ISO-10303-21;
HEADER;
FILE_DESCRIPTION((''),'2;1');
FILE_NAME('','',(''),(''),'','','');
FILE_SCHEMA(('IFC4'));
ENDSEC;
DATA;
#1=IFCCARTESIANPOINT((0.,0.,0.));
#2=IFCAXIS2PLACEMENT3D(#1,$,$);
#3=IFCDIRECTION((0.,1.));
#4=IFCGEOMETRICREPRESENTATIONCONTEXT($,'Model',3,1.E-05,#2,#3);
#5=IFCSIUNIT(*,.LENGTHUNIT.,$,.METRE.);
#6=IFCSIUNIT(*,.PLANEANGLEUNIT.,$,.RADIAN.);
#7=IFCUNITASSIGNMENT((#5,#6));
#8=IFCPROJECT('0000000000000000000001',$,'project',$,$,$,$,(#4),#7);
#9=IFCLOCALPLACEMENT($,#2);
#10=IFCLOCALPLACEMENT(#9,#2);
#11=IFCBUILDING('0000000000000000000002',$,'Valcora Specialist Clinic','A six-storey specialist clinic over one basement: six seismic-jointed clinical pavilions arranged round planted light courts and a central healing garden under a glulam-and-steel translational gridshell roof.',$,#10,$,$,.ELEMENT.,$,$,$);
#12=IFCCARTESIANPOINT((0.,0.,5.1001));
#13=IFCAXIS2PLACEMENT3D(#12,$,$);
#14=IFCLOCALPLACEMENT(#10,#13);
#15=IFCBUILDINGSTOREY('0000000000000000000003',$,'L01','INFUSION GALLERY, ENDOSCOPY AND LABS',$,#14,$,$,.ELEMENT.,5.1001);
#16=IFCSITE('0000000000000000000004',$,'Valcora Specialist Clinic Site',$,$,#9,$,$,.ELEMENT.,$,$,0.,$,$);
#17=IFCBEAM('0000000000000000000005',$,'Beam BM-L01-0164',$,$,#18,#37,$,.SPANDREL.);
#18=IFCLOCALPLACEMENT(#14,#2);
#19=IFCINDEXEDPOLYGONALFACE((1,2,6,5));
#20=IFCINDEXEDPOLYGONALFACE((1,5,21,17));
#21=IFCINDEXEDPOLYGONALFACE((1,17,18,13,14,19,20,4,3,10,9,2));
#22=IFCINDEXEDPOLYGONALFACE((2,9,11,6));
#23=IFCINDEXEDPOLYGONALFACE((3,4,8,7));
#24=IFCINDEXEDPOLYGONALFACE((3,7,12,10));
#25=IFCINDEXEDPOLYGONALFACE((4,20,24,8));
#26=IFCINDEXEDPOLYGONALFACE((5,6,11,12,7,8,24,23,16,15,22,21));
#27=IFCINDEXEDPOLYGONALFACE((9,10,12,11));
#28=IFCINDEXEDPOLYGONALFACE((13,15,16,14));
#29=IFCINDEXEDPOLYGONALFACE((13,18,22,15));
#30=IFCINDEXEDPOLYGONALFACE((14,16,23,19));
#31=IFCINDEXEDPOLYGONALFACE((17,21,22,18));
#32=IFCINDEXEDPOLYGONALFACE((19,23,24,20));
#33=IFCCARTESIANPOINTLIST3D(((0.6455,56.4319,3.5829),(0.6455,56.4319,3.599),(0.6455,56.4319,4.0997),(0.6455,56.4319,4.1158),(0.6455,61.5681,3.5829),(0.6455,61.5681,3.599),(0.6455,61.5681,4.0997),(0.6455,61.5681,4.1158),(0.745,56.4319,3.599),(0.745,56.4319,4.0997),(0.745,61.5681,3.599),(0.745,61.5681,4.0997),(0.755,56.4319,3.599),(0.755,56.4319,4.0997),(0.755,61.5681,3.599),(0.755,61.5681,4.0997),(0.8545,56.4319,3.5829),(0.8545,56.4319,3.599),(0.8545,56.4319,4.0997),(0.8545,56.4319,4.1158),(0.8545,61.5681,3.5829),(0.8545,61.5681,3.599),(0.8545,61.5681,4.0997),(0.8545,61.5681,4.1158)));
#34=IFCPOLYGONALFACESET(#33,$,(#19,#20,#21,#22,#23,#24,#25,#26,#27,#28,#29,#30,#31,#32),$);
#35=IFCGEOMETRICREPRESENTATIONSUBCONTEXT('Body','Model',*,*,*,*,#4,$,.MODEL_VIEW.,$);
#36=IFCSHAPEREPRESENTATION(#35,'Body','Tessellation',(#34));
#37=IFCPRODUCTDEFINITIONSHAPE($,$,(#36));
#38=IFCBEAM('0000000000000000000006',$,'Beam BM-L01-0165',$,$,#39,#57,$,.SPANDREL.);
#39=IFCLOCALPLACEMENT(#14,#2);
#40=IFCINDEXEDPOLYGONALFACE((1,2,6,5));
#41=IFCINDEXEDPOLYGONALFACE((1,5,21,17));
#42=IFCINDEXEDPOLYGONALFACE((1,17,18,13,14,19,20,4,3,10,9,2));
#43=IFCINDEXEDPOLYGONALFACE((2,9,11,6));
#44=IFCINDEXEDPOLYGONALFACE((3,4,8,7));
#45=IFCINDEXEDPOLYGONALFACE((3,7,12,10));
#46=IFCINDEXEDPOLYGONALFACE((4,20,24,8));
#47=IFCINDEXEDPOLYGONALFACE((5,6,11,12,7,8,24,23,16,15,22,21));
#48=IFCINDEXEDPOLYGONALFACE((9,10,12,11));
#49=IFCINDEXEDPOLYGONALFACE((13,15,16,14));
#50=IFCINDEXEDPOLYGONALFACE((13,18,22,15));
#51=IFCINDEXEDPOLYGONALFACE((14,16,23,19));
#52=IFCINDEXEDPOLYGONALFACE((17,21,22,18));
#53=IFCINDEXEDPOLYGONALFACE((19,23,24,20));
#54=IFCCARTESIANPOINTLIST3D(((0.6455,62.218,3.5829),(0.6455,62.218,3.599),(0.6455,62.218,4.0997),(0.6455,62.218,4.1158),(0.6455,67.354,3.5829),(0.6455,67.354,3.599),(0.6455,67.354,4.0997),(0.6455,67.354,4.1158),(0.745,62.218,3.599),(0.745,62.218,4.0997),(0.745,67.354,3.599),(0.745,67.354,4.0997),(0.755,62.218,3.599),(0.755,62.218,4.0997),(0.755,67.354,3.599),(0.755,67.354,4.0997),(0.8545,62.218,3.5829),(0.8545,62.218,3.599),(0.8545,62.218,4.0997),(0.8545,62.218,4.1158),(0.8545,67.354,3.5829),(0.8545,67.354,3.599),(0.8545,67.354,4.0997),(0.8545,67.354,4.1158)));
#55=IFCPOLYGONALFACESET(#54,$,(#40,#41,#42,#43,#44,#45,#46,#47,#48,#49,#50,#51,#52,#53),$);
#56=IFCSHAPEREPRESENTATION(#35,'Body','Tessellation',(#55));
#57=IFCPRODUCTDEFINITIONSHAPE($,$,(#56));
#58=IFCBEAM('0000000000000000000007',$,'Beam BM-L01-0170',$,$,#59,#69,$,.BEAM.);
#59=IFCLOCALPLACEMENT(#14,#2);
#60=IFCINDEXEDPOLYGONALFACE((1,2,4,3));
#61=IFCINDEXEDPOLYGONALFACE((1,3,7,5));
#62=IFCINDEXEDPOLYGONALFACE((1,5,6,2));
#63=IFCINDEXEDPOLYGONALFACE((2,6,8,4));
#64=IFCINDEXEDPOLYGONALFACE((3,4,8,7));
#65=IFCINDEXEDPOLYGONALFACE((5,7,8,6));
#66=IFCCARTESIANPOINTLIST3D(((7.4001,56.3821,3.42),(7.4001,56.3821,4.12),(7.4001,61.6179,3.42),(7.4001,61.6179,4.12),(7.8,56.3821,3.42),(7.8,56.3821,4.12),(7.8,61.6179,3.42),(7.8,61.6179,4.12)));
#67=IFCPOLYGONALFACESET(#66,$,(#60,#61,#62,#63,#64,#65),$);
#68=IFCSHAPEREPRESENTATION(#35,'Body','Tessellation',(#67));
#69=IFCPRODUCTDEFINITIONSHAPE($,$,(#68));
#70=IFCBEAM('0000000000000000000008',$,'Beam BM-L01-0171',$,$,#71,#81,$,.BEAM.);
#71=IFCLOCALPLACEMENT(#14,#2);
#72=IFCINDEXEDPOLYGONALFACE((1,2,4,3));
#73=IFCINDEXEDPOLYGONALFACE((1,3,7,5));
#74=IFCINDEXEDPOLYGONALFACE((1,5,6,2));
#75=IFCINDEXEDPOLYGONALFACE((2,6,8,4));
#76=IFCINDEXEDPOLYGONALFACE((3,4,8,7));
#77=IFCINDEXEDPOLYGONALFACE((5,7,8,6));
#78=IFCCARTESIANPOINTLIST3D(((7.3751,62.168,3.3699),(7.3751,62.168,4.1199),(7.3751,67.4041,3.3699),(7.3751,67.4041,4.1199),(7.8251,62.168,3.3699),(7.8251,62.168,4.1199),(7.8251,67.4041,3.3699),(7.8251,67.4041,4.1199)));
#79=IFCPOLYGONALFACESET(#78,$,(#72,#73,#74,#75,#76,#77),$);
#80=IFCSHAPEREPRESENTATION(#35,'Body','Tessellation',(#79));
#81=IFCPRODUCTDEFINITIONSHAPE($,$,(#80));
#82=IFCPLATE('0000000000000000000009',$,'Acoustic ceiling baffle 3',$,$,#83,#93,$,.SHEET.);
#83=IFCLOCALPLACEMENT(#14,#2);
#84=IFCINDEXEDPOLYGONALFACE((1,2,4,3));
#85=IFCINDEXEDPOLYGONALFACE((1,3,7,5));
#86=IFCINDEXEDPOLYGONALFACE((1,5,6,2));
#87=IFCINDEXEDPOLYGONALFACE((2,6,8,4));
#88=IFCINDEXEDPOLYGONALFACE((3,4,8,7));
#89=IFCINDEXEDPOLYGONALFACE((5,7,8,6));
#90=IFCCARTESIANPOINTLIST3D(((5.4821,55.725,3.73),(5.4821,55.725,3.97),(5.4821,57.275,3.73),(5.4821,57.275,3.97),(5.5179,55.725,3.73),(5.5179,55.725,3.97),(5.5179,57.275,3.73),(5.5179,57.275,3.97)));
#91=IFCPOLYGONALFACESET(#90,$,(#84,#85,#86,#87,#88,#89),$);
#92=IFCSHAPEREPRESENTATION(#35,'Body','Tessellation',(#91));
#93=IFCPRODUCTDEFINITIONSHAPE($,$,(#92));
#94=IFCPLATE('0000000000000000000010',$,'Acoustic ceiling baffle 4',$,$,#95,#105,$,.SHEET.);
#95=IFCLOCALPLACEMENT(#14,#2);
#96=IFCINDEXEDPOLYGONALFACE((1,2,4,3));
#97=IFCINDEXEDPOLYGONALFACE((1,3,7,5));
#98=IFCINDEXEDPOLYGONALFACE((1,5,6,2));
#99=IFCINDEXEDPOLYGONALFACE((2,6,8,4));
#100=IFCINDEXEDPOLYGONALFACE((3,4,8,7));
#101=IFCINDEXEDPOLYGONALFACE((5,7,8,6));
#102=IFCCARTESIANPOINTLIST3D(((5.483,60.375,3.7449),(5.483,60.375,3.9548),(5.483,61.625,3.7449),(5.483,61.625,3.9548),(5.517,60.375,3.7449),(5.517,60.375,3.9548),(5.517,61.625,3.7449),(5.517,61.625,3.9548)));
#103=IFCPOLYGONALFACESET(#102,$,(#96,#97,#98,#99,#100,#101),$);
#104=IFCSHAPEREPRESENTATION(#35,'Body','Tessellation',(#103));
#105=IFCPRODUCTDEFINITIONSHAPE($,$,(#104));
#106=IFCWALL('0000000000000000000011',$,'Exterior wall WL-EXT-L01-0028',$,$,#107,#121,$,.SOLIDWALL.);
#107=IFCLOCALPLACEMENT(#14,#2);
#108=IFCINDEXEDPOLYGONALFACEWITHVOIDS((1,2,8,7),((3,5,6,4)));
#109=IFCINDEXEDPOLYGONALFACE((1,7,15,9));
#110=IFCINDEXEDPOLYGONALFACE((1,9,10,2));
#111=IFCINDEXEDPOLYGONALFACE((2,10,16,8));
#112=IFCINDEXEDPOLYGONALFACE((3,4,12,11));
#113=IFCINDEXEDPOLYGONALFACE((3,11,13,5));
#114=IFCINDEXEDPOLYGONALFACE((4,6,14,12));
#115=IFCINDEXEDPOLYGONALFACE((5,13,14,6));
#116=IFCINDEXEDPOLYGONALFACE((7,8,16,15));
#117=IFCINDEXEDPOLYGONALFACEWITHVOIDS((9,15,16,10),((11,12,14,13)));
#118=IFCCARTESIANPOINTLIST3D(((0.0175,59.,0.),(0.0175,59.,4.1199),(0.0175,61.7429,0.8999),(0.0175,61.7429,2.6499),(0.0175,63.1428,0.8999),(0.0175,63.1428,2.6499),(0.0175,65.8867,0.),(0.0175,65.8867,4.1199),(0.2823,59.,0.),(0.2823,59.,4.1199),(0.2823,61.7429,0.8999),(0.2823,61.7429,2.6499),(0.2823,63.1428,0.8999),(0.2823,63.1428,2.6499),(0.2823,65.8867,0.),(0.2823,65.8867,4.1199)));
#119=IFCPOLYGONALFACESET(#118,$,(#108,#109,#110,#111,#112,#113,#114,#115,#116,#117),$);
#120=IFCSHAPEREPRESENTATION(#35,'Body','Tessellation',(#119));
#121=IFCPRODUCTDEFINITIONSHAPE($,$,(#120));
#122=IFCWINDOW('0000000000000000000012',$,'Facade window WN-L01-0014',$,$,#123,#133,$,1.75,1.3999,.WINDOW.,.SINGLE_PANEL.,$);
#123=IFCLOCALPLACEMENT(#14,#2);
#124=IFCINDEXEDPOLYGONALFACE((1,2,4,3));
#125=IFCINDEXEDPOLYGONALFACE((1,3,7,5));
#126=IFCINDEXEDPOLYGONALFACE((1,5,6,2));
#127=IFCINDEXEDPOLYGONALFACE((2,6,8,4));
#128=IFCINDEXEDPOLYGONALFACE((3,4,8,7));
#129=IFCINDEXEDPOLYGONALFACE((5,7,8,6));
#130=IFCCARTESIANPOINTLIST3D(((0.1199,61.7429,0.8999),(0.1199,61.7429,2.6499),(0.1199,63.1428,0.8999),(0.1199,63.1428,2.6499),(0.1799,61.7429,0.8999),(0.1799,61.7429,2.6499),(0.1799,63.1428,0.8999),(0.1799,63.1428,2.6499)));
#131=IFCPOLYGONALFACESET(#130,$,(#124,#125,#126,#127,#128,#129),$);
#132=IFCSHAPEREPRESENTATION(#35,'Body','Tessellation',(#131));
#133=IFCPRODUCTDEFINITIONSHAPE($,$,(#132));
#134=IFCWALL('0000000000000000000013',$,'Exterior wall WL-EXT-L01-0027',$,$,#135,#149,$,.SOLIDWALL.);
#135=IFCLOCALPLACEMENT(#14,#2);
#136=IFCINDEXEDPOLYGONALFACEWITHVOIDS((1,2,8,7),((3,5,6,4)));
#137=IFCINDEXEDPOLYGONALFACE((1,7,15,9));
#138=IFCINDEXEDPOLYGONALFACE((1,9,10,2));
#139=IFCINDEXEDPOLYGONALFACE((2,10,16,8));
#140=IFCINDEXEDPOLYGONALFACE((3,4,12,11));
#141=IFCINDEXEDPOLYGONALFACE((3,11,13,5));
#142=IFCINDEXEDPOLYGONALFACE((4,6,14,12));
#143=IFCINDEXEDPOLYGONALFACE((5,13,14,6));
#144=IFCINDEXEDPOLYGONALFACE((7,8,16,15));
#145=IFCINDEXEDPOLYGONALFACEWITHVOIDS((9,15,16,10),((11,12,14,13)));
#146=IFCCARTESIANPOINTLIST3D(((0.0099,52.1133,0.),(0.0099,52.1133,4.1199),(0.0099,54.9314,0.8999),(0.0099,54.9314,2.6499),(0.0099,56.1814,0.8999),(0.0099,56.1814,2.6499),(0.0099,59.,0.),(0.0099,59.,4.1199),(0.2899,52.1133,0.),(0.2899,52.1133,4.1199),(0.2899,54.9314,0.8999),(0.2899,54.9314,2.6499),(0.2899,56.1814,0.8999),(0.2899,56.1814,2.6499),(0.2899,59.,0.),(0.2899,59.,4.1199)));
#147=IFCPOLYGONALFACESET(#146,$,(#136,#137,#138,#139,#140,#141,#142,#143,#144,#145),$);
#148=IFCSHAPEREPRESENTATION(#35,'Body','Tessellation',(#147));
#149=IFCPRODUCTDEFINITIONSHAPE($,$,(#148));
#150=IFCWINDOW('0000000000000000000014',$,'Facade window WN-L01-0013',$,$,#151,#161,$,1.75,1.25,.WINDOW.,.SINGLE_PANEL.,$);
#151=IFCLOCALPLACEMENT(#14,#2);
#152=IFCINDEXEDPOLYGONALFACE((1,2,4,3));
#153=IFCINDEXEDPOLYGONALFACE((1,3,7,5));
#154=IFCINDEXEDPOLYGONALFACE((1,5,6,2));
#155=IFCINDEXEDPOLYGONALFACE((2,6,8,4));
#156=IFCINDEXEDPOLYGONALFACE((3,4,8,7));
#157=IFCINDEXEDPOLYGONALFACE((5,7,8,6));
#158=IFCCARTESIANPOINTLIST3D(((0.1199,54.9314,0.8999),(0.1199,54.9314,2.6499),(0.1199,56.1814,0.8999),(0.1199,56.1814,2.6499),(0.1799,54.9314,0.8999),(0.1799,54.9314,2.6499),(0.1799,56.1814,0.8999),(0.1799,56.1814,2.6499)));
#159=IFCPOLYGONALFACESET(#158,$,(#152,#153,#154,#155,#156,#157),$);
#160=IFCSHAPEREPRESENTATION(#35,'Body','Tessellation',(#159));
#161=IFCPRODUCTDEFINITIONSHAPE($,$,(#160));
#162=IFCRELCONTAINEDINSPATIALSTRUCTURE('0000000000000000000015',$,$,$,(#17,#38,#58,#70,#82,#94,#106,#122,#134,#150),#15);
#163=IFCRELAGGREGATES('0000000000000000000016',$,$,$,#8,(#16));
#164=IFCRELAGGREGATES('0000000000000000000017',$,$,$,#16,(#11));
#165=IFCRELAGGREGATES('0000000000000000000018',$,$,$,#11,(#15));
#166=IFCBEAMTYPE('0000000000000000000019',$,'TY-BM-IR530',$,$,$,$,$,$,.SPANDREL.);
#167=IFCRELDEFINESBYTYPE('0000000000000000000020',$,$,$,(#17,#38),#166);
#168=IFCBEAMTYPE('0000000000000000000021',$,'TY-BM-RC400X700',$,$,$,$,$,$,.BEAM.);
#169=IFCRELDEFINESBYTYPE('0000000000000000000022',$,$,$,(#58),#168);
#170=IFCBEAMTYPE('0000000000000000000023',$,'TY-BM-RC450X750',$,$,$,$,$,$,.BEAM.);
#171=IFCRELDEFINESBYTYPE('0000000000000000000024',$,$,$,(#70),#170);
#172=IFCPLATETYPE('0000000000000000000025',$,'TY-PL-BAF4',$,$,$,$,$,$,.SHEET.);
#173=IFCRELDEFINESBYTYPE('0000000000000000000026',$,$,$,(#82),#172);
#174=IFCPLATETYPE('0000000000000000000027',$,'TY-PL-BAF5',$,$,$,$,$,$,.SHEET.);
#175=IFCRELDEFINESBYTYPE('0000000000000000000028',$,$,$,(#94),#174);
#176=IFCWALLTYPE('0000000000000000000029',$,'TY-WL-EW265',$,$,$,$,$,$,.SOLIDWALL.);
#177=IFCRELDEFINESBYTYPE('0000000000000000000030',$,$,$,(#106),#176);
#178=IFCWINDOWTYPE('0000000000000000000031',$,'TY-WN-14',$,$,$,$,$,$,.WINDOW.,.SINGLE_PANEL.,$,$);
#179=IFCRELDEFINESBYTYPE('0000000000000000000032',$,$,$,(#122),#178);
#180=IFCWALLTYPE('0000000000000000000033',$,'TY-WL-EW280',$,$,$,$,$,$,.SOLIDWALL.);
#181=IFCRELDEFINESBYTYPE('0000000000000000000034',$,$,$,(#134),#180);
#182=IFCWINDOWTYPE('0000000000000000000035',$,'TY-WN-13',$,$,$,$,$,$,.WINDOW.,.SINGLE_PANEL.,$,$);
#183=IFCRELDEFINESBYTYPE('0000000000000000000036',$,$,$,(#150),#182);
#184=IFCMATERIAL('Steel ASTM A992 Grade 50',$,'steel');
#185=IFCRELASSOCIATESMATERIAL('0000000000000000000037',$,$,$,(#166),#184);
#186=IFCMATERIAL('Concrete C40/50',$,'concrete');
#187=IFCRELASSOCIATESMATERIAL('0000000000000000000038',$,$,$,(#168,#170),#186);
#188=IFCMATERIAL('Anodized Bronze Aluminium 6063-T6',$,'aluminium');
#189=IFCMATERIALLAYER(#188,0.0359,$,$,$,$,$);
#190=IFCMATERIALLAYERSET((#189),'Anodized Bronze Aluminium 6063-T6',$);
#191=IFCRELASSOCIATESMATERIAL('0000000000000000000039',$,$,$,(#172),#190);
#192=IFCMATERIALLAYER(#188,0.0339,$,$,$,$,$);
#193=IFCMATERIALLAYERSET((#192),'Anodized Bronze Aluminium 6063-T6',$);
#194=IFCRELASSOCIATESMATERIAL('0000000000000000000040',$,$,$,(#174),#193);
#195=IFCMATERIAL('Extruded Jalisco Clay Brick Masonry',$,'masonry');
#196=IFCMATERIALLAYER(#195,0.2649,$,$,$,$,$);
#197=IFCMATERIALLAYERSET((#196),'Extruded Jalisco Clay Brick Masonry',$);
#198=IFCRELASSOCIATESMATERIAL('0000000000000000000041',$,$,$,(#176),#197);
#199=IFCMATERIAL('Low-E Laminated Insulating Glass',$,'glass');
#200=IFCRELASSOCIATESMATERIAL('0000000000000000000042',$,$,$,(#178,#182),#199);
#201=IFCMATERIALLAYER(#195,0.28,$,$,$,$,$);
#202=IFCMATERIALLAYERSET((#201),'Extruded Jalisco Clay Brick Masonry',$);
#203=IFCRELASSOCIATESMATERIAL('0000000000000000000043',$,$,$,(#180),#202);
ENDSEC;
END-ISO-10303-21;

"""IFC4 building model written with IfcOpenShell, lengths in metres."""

from ifc_helpers import new_model, si_unit, direction, frame, frame_2d, origin, origin_2d, place, context, subcontext, project, spatial, rectangle, i_section, extrude, material, layer, layer_set, material_profile, profile_set, type_object, element, fill, save


model = new_model("IFC4")

# Units and contexts
model_context = context("Model", 3, precision=1e-05, world=origin(), true_north=direction((0.0, 1.0)))
body_context = subcontext(model_context, "Body", "Model", "MODEL_VIEW")
ifc_project = project(units=[si_unit("LENGTHUNIT", "METRE"), si_unit("PLANEANGLEUNIT", "RADIAN")], contexts=[model_context])

# Site, building, storey
site_placement = place(None, origin())
site = spatial("IfcSite", under=ifc_project, at=site_placement, Name="Valcora Specialist Clinic Site", CompositionType="ELEMENT", RefElevation=0.0)
building_placement = place(site_placement, origin())
building = spatial("IfcBuilding", under=site, at=building_placement, Name="Valcora Specialist Clinic", Description="A six-storey specialist clinic over one basement: six seismic-jointed clinical pavilions arranged round planted light courts and a central healing garden under a glulam-and-steel translational gridshell roof.", CompositionType="ELEMENT")
storey_placement = place(building_placement, frame((0.0, 0.0, 5.1001)))
storey = spatial("IfcBuildingStorey", under=building, at=storey_placement, Name="L01", Description="INFUSION GALLERY, ENDOSCOPY AND LABS", CompositionType="ELEMENT", Elevation=5.1001)

# Shared definitions
ifc_material_1 = material(Name="Concrete C40/50", Category="concrete")

# Beams
ifc_material_2 = material(Name="Steel ASTM A992 Grade 50", Category="steel")
ifc_material_profile_1 = material_profile(ifc_material_2, i_section(OverallWidth=0.209, OverallDepth=0.533, WebThickness=0.01, FlangeThickness=0.0161, at=origin_2d()), Name="ST-IR-530X210")
ifc_profile_set_1 = profile_set([ifc_material_profile_1], Name="Steel ASTM A992 Grade 50")
beam_type_1 = type_object("IfcBeamType", Name="TY-BM-IR530", PredefinedType="SPANDREL", material=ifc_profile_set_1)
beam_1_placement = place(storey_placement, frame((0.75, 56.4319, 3.8494), z_axis=(0.0, 1.0, 0.0), x_axis=(-1.0, 0.0, 0.0)))
element("IfcBeam", 1, at=beam_1_placement, inside=storey, type_object=beam_type_1, Name="Beam BM-L01-0164", PredefinedType="SPANDREL", context=body_context, shape_type="SweptSolid", body=[
    extrude(i_section(OverallWidth=0.209, OverallDepth=0.533, WebThickness=0.01, FlangeThickness=0.0161, at=origin_2d()), origin(), (0.0, 0.0, 1.0), 5.1362),
])
beam_2_placement = place(storey_placement, frame((0.75, 62.218, 3.8494), z_axis=(0.0, 1.0, 0.0), x_axis=(-1.0, 0.0, 0.0)))
element("IfcBeam", 2, at=beam_2_placement, inside=storey, type_object=beam_type_1, Name="Beam BM-L01-0165", PredefinedType="SPANDREL", context=body_context, shape_type="SweptSolid", body=[
    extrude(i_section(OverallWidth=0.209, OverallDepth=0.533, WebThickness=0.01, FlangeThickness=0.0161, at=origin_2d()), origin(), (0.0, 0.0, 1.0), 5.136),
])
ifc_material_profile_2 = material_profile(ifc_material_1, rectangle(XDim=0.3999, YDim=0.7, at=origin_2d()), Name="RC-BM-400X700")
ifc_profile_set_2 = profile_set([ifc_material_profile_2], Name="Concrete C40/50")
beam_type_2 = type_object("IfcBeamType", Name="TY-BM-RC400X700", PredefinedType="BEAM", material=ifc_profile_set_2)
beam_3_placement = place(storey_placement, frame((7.6001, 56.3821, 3.77), z_axis=(0.0, 1.0, 0.0), x_axis=(-1.0, 0.0, 0.0)))
element("IfcBeam", 3, at=beam_3_placement, inside=storey, type_object=beam_type_2, Name="Beam BM-L01-0170", PredefinedType="BEAM", context=body_context, shape_type="SweptSolid", body=[
    extrude(rectangle(XDim=0.3999, YDim=0.7, at=origin_2d()), origin(), (0.0, 0.0, 1.0), 5.2358),
])
ifc_material_profile_3 = material_profile(ifc_material_1, rectangle(XDim=0.45, YDim=0.75, at=origin_2d()), Name="RC-BM-450X750")
ifc_profile_set_3 = profile_set([ifc_material_profile_3], Name="Concrete C40/50")
beam_type_3 = type_object("IfcBeamType", Name="TY-BM-RC450X750", PredefinedType="BEAM", material=ifc_profile_set_3)
beam_4_placement = place(storey_placement, frame((7.6001, 62.168, 3.7449), z_axis=(0.0, 1.0, 0.0), x_axis=(-1.0, 0.0, 0.0)))
element("IfcBeam", 4, at=beam_4_placement, inside=storey, type_object=beam_type_3, Name="Beam BM-L01-0171", PredefinedType="BEAM", context=body_context, shape_type="SweptSolid", body=[
    extrude(rectangle(XDim=0.45, YDim=0.75, at=origin_2d()), origin(), (0.0, 0.0, 1.0), 5.2361),
])

# Plates
ifc_material_3 = material(Name="Anodized Bronze Aluminium 6063-T6", Category="aluminium")
ifc_layer_1 = layer(ifc_material_3, 0.0359)
ifc_layer_set_1 = layer_set([ifc_layer_1], Name="Anodized Bronze Aluminium 6063-T6")
plate_type_1 = type_object("IfcPlateType", Name="TY-PL-BAF4", PredefinedType="SHEET", material=ifc_layer_set_1)
plate_1_placement = place(storey_placement, frame((5.5, 56.5, 3.73), z_axis=(0.0, 0.0, 1.0), x_axis=(0.0, 1.0, 0.0)))
element("IfcPlate", 5, at=plate_1_placement, inside=storey, type_object=plate_type_1, Name="Acoustic ceiling baffle 3", PredefinedType="SHEET", context=body_context, shape_type="SweptSolid", body=[
    extrude(rectangle(XDim=1.55, YDim=0.0359, at=origin_2d()), origin(), (0.0, 0.0, 1.0), 0.24),
])
ifc_layer_2 = layer(ifc_material_3, 0.0339)
ifc_layer_set_2 = layer_set([ifc_layer_2], Name="Anodized Bronze Aluminium 6063-T6")
plate_type_2 = type_object("IfcPlateType", Name="TY-PL-BAF5", PredefinedType="SHEET", material=ifc_layer_set_2)
plate_2_placement = place(storey_placement, frame((5.5, 61.0, 3.7449), z_axis=(0.0, 0.0, 1.0), x_axis=(0.0, 1.0, 0.0)))
element("IfcPlate", 6, at=plate_2_placement, inside=storey, type_object=plate_type_2, Name="Acoustic ceiling baffle 4", PredefinedType="SHEET", context=body_context, shape_type="SweptSolid", body=[
    extrude(rectangle(XDim=1.25, YDim=0.0339, at=origin_2d()), origin(), (0.0, 0.0, 1.0), 0.21),
])

# Walls, openings, windows
ifc_material_4 = material(Name="Extruded Jalisco Clay Brick Masonry", Category="masonry")
ifc_layer_3 = layer(ifc_material_4, 0.2649)
ifc_layer_set_3 = layer_set([ifc_layer_3], Name="Extruded Jalisco Clay Brick Masonry")
wall_type_1 = type_object("IfcWallType", Name="TY-WL-EW265", PredefinedType="SOLIDWALL", material=ifc_layer_set_3)
wall_1_placement = place(storey_placement, frame((0.1499, 59.0, 0.0), z_axis=(0.0, 0.0, 1.0), x_axis=(0.0, 1.0, 0.0)))
wall_1 = element("IfcWall", 7, at=wall_1_placement, inside=storey, type_object=wall_type_1, Name="Exterior wall WL-EXT-L01-0028", PredefinedType="SOLIDWALL", context=body_context, shape_type="SweptSolid", body=[
    extrude(rectangle(XDim=6.8867, YDim=0.2649, at=frame_2d((3.4434, 0.0))), origin(), (0.0, 0.0, 1.0), 4.1199),
])
opening_1_placement = place(wall_1_placement, frame((2.7429, 0.0, 0.8999)))
opening_1 = element("IfcOpeningElement", 8, at=opening_1_placement, cuts=wall_1, PredefinedType="OPENING", context=body_context, shape_type="SweptSolid", body=[
    extrude(rectangle(XDim=1.3999, YDim=1.75, at=frame_2d((0.7, 0.875))), frame((0.0, 0.1423, 0.0), z_axis=(0.0, -1.0, 0.0), x_axis=(1.0, 0.0, 0.0)), (0.0, 0.0, 1.0), 0.2849),
])
ifc_material_5 = material(Name="Low-E Laminated Insulating Glass", Category="glass")
window_type_1 = type_object("IfcWindowType", Name="TY-WN-14", PartitioningType="SINGLE_PANEL", PredefinedType="WINDOW", material=ifc_material_5)
window_1_placement = place(opening_1_placement, origin())
window_1 = element("IfcWindow", 9, at=window_1_placement, inside=storey, type_object=window_type_1, Name="Facade window WN-L01-0014", OverallHeight=1.75, OverallWidth=1.3999, PartitioningType="SINGLE_PANEL", PredefinedType="WINDOW", context=body_context, shape_type="SweptSolid", body=[
    extrude(rectangle(XDim=1.3999, YDim=1.75, at=frame_2d((0.7, 0.875))), frame((0.0, 0.03, 0.0), z_axis=(0.0, -1.0, 0.0), x_axis=(1.0, 0.0, 0.0)), (0.0, 0.0, 1.0), 0.0601),
])
fill(opening_1, window_1)
ifc_layer_4 = layer(ifc_material_4, 0.28)
ifc_layer_set_4 = layer_set([ifc_layer_4], Name="Extruded Jalisco Clay Brick Masonry")
wall_type_2 = type_object("IfcWallType", Name="TY-WL-EW280", PredefinedType="SOLIDWALL", material=ifc_layer_set_4)
wall_2_placement = place(storey_placement, frame((0.1499, 52.1133, 0.0), z_axis=(0.0, 0.0, 1.0), x_axis=(0.0, 1.0, 0.0)))
wall_2 = element("IfcWall", 10, at=wall_2_placement, inside=storey, type_object=wall_type_2, Name="Exterior wall WL-EXT-L01-0027", PredefinedType="SOLIDWALL", context=body_context, shape_type="SweptSolid", body=[
    extrude(rectangle(XDim=6.8867, YDim=0.28, at=frame_2d((3.4434, 0.0))), origin(), (0.0, 0.0, 1.0), 4.1199),
])
opening_2_placement = place(wall_2_placement, frame((2.8181, 0.0, 0.8999)))
opening_2 = element("IfcOpeningElement", 11, at=opening_2_placement, cuts=wall_2, PredefinedType="OPENING", context=body_context, shape_type="SweptSolid", body=[
    extrude(rectangle(XDim=1.25, YDim=1.75, at=frame_2d((0.625, 0.875))), frame((0.0, 0.1499, 0.0), z_axis=(0.0, -1.0, 0.0), x_axis=(1.0, 0.0, 0.0)), (0.0, 0.0, 1.0), 0.3),
])
window_type_2 = type_object("IfcWindowType", Name="TY-WN-13", PartitioningType="SINGLE_PANEL", PredefinedType="WINDOW", material=ifc_material_5)
window_2_placement = place(opening_2_placement, origin())
window_2 = element("IfcWindow", 12, at=window_2_placement, inside=storey, type_object=window_type_2, Name="Facade window WN-L01-0013", OverallHeight=1.75, OverallWidth=1.25, PartitioningType="SINGLE_PANEL", PredefinedType="WINDOW", context=body_context, shape_type="SweptSolid", body=[
    extrude(rectangle(XDim=1.25, YDim=1.75, at=frame_2d((0.625, 0.875))), frame((0.0, 0.03, 0.0), z_axis=(0.0, -1.0, 0.0), x_axis=(1.0, 0.0, 0.0)), (0.0, 0.0, 1.0), 0.0601),
])
fill(opening_2, window_2)

save(model, "model.ifc")
